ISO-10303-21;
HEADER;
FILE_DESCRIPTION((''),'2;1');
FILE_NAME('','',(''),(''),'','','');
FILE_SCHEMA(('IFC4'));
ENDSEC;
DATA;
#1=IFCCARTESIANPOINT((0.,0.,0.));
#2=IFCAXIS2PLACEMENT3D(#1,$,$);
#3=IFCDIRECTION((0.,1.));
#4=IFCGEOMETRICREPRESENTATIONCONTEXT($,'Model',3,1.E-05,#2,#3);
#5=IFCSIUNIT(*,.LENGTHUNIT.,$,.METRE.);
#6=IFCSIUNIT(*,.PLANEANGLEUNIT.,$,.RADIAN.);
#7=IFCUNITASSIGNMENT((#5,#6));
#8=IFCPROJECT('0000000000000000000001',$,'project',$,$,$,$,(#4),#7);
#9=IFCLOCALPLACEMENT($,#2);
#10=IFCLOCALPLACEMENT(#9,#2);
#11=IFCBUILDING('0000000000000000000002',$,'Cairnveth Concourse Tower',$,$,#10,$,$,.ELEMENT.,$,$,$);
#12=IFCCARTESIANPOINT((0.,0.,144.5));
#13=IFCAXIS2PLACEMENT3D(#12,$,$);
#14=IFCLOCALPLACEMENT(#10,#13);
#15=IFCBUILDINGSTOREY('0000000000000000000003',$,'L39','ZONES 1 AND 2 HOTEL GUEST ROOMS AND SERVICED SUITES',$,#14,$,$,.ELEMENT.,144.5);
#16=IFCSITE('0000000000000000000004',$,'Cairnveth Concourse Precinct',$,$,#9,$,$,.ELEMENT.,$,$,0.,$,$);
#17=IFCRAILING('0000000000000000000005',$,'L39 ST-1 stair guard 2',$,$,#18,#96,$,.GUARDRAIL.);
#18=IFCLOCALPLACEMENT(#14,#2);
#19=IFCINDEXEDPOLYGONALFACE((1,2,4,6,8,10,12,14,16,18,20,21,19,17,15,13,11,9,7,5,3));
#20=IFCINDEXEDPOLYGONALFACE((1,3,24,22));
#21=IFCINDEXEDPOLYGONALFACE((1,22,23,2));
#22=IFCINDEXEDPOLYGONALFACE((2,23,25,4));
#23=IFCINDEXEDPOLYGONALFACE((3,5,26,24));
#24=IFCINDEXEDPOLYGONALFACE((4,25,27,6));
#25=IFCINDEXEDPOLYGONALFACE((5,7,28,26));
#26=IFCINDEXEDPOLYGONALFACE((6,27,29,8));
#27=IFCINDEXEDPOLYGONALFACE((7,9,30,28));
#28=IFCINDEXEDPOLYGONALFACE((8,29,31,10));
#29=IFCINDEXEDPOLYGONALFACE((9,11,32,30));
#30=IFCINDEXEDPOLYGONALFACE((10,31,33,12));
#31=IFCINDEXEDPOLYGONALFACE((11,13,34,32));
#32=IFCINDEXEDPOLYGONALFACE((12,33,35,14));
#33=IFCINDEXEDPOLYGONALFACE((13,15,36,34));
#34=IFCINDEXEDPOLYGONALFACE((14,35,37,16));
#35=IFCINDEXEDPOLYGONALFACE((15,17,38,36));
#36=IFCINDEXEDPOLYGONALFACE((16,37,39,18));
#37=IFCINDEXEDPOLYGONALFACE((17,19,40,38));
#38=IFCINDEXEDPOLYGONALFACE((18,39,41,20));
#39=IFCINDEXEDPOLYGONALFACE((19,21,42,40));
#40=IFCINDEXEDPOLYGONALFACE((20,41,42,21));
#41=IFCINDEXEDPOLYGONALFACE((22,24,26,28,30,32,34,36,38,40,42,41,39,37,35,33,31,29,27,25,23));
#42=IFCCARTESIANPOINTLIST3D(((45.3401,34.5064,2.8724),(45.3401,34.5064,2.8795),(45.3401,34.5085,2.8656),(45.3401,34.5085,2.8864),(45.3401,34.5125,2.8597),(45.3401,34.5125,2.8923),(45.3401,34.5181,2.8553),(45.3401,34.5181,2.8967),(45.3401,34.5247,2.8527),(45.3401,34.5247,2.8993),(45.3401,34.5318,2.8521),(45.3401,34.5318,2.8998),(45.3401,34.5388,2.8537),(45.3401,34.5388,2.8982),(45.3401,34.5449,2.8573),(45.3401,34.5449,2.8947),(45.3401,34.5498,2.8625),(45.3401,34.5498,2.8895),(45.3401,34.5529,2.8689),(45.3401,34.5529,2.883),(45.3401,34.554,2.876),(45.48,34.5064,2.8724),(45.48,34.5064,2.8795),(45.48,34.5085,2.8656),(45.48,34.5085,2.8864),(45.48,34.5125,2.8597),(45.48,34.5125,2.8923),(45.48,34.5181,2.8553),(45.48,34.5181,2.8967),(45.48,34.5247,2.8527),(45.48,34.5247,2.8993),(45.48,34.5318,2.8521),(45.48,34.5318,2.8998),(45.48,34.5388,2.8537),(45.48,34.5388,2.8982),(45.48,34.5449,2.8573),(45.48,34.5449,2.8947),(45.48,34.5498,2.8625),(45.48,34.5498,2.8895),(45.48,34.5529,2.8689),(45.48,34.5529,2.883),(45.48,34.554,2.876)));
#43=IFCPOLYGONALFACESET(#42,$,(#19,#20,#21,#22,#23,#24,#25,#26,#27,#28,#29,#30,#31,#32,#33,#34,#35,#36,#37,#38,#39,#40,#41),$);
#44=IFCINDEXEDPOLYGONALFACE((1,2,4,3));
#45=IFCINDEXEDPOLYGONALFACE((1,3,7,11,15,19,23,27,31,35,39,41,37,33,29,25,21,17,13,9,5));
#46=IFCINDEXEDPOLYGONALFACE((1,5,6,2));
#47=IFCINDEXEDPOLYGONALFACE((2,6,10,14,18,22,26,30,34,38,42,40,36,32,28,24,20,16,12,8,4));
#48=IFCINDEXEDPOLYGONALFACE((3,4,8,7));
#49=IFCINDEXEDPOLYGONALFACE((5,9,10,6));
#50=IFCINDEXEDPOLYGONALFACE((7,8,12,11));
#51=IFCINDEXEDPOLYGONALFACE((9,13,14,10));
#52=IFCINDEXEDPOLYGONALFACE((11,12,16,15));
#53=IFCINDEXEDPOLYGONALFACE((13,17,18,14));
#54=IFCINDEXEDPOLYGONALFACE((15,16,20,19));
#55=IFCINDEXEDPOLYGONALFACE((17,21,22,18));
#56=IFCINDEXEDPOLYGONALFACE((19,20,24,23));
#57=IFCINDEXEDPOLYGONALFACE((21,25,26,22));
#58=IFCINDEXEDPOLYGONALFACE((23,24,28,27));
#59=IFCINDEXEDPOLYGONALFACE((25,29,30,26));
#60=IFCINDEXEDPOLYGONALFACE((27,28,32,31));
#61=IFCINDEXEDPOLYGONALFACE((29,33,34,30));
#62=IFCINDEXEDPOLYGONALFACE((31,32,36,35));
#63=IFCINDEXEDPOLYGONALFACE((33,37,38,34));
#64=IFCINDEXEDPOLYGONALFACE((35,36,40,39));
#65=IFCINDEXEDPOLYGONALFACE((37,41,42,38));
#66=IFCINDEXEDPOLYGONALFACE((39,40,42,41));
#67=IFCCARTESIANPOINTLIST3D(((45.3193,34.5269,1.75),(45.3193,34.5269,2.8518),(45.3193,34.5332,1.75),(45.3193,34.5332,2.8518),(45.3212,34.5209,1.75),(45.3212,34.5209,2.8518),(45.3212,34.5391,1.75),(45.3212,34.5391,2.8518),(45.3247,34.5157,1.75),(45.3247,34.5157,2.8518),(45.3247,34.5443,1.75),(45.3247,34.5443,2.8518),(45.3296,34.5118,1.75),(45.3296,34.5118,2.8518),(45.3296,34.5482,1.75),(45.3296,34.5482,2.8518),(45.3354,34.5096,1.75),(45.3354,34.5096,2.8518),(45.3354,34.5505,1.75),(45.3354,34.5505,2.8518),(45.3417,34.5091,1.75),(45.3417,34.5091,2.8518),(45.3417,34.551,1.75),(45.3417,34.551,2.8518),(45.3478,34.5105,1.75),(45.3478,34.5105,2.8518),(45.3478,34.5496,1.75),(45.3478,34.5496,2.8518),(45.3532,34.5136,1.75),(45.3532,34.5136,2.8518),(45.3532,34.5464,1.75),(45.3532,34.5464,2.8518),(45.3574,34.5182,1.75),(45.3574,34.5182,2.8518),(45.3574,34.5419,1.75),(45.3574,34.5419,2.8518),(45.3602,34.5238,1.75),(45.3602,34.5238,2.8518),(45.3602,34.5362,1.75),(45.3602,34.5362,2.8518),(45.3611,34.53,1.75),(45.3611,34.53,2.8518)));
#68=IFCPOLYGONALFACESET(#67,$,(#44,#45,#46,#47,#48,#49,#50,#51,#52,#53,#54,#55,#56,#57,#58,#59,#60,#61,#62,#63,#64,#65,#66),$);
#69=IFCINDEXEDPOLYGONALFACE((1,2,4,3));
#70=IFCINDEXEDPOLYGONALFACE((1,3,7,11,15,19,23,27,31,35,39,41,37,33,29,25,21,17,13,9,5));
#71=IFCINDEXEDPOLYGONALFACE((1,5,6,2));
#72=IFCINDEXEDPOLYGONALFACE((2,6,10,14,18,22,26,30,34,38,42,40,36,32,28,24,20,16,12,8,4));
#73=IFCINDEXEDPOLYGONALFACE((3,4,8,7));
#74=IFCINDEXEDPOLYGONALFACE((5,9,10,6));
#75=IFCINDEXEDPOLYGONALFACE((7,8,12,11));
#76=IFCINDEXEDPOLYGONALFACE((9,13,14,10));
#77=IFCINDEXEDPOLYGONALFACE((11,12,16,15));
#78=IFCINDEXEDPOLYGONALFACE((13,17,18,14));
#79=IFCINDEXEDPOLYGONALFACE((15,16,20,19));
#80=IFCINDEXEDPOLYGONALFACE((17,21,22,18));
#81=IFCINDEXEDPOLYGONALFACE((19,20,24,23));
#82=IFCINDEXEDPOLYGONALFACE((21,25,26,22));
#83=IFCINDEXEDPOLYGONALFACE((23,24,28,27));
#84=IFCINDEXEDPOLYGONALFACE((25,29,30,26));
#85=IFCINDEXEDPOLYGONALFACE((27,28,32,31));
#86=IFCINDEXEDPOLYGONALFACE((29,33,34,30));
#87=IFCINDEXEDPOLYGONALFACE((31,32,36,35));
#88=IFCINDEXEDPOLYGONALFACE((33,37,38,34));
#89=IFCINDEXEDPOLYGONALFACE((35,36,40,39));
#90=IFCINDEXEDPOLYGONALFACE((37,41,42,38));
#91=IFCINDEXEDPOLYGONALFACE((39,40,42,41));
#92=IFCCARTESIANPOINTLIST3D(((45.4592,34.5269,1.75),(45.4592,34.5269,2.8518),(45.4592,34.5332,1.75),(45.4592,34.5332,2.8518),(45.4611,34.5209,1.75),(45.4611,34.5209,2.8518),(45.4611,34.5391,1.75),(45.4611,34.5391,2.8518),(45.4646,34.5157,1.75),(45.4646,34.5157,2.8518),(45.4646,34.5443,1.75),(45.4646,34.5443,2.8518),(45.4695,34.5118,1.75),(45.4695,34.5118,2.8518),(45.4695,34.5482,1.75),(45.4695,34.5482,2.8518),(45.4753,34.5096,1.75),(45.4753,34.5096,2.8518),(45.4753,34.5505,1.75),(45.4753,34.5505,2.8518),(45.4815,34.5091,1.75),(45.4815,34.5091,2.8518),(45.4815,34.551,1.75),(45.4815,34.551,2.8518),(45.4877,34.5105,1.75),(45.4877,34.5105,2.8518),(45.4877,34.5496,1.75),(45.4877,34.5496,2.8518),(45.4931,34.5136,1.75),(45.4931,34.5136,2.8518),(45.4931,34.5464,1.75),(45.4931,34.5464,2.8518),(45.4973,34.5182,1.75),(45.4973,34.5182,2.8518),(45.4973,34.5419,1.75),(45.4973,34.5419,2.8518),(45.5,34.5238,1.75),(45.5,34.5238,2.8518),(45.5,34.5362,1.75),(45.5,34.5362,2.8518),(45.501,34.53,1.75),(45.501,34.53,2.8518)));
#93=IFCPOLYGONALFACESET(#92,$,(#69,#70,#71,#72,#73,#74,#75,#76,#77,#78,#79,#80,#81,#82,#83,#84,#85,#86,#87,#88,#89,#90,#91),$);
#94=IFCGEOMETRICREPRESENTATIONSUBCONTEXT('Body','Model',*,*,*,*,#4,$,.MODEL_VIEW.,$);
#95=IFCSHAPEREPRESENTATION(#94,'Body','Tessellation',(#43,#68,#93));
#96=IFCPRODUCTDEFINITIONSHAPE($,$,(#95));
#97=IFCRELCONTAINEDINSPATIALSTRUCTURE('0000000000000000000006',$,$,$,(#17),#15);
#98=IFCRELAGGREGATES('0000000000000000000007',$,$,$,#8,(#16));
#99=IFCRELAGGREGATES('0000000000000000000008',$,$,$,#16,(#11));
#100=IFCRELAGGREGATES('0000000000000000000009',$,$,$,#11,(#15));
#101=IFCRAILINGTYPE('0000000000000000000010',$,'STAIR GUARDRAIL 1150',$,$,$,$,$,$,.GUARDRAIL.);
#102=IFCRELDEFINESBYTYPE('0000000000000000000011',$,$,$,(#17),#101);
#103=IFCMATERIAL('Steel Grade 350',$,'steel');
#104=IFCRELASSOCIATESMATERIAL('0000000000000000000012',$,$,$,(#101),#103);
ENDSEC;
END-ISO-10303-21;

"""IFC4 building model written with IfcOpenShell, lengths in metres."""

from ifc_helpers import new_model, si_unit, direction, frame, origin, origin_2d, place, context, subcontext, project, spatial, circle, extrude, material, type_object, element, save


model = new_model("IFC4")

# Units and contexts
model_context = context("Model", 3, precision=1e-05, world=origin(), true_north=direction((0.0, 1.0)))
body_context = subcontext(model_context, "Body", "Model", "MODEL_VIEW")
ifc_project = project(units=[si_unit("LENGTHUNIT", "METRE"), si_unit("PLANEANGLEUNIT", "RADIAN")], contexts=[model_context])

# Site, building, storey
site_placement = place(None, origin())
site = spatial("IfcSite", under=ifc_project, at=site_placement, Name="Cairnveth Concourse Precinct", CompositionType="ELEMENT", RefElevation=0.0)
building_placement = place(site_placement, origin())
building = spatial("IfcBuilding", under=site, at=building_placement, Name="Cairnveth Concourse Tower", CompositionType="ELEMENT")
storey_placement = place(building_placement, frame((0.0, 0.0, 144.5)))
storey = spatial("IfcBuildingStorey", under=building, at=storey_placement, Name="L39", Description="ZONES 1 AND 2 HOTEL GUEST ROOMS AND SERVICED SUITES", CompositionType="ELEMENT", Elevation=144.5)

# Shared definitions
ifc_material_1 = material(Name="Steel Grade 350", Category="steel")

# Railing
railing_type_1 = type_object("IfcRailingType", Name="STAIR GUARDRAIL 1150", PredefinedType="GUARDRAIL", material=ifc_material_1)
railing_1_placement = place(storey_placement, frame((45.3401, 34.53, 1.75)))
element("IfcRailing", 1, at=railing_1_placement, inside=storey, type_object=railing_type_1, Name="L39 ST-1 stair guard 2", PredefinedType="GUARDRAIL", context=body_context, shape_type="SweptSolid", body=[
    extrude(circle(Radius=0.0239, at=origin_2d()), frame((0.0, 0.0, 1.126), z_axis=(1.0, 0.0, 0.0), x_axis=(0.0, 1.0, 0.0)), (0.0, 0.0, 1.0), 0.1399),
    extrude(circle(Radius=0.021, at=origin_2d()), origin(), (0.0, 0.0, 1.0), 1.1018),
    extrude(circle(Radius=0.021, at=origin_2d()), frame((0.1399, 0.0, 0.0)), (0.0, 0.0, 1.0), 1.1018),
])

save(model, "model.ifc")
